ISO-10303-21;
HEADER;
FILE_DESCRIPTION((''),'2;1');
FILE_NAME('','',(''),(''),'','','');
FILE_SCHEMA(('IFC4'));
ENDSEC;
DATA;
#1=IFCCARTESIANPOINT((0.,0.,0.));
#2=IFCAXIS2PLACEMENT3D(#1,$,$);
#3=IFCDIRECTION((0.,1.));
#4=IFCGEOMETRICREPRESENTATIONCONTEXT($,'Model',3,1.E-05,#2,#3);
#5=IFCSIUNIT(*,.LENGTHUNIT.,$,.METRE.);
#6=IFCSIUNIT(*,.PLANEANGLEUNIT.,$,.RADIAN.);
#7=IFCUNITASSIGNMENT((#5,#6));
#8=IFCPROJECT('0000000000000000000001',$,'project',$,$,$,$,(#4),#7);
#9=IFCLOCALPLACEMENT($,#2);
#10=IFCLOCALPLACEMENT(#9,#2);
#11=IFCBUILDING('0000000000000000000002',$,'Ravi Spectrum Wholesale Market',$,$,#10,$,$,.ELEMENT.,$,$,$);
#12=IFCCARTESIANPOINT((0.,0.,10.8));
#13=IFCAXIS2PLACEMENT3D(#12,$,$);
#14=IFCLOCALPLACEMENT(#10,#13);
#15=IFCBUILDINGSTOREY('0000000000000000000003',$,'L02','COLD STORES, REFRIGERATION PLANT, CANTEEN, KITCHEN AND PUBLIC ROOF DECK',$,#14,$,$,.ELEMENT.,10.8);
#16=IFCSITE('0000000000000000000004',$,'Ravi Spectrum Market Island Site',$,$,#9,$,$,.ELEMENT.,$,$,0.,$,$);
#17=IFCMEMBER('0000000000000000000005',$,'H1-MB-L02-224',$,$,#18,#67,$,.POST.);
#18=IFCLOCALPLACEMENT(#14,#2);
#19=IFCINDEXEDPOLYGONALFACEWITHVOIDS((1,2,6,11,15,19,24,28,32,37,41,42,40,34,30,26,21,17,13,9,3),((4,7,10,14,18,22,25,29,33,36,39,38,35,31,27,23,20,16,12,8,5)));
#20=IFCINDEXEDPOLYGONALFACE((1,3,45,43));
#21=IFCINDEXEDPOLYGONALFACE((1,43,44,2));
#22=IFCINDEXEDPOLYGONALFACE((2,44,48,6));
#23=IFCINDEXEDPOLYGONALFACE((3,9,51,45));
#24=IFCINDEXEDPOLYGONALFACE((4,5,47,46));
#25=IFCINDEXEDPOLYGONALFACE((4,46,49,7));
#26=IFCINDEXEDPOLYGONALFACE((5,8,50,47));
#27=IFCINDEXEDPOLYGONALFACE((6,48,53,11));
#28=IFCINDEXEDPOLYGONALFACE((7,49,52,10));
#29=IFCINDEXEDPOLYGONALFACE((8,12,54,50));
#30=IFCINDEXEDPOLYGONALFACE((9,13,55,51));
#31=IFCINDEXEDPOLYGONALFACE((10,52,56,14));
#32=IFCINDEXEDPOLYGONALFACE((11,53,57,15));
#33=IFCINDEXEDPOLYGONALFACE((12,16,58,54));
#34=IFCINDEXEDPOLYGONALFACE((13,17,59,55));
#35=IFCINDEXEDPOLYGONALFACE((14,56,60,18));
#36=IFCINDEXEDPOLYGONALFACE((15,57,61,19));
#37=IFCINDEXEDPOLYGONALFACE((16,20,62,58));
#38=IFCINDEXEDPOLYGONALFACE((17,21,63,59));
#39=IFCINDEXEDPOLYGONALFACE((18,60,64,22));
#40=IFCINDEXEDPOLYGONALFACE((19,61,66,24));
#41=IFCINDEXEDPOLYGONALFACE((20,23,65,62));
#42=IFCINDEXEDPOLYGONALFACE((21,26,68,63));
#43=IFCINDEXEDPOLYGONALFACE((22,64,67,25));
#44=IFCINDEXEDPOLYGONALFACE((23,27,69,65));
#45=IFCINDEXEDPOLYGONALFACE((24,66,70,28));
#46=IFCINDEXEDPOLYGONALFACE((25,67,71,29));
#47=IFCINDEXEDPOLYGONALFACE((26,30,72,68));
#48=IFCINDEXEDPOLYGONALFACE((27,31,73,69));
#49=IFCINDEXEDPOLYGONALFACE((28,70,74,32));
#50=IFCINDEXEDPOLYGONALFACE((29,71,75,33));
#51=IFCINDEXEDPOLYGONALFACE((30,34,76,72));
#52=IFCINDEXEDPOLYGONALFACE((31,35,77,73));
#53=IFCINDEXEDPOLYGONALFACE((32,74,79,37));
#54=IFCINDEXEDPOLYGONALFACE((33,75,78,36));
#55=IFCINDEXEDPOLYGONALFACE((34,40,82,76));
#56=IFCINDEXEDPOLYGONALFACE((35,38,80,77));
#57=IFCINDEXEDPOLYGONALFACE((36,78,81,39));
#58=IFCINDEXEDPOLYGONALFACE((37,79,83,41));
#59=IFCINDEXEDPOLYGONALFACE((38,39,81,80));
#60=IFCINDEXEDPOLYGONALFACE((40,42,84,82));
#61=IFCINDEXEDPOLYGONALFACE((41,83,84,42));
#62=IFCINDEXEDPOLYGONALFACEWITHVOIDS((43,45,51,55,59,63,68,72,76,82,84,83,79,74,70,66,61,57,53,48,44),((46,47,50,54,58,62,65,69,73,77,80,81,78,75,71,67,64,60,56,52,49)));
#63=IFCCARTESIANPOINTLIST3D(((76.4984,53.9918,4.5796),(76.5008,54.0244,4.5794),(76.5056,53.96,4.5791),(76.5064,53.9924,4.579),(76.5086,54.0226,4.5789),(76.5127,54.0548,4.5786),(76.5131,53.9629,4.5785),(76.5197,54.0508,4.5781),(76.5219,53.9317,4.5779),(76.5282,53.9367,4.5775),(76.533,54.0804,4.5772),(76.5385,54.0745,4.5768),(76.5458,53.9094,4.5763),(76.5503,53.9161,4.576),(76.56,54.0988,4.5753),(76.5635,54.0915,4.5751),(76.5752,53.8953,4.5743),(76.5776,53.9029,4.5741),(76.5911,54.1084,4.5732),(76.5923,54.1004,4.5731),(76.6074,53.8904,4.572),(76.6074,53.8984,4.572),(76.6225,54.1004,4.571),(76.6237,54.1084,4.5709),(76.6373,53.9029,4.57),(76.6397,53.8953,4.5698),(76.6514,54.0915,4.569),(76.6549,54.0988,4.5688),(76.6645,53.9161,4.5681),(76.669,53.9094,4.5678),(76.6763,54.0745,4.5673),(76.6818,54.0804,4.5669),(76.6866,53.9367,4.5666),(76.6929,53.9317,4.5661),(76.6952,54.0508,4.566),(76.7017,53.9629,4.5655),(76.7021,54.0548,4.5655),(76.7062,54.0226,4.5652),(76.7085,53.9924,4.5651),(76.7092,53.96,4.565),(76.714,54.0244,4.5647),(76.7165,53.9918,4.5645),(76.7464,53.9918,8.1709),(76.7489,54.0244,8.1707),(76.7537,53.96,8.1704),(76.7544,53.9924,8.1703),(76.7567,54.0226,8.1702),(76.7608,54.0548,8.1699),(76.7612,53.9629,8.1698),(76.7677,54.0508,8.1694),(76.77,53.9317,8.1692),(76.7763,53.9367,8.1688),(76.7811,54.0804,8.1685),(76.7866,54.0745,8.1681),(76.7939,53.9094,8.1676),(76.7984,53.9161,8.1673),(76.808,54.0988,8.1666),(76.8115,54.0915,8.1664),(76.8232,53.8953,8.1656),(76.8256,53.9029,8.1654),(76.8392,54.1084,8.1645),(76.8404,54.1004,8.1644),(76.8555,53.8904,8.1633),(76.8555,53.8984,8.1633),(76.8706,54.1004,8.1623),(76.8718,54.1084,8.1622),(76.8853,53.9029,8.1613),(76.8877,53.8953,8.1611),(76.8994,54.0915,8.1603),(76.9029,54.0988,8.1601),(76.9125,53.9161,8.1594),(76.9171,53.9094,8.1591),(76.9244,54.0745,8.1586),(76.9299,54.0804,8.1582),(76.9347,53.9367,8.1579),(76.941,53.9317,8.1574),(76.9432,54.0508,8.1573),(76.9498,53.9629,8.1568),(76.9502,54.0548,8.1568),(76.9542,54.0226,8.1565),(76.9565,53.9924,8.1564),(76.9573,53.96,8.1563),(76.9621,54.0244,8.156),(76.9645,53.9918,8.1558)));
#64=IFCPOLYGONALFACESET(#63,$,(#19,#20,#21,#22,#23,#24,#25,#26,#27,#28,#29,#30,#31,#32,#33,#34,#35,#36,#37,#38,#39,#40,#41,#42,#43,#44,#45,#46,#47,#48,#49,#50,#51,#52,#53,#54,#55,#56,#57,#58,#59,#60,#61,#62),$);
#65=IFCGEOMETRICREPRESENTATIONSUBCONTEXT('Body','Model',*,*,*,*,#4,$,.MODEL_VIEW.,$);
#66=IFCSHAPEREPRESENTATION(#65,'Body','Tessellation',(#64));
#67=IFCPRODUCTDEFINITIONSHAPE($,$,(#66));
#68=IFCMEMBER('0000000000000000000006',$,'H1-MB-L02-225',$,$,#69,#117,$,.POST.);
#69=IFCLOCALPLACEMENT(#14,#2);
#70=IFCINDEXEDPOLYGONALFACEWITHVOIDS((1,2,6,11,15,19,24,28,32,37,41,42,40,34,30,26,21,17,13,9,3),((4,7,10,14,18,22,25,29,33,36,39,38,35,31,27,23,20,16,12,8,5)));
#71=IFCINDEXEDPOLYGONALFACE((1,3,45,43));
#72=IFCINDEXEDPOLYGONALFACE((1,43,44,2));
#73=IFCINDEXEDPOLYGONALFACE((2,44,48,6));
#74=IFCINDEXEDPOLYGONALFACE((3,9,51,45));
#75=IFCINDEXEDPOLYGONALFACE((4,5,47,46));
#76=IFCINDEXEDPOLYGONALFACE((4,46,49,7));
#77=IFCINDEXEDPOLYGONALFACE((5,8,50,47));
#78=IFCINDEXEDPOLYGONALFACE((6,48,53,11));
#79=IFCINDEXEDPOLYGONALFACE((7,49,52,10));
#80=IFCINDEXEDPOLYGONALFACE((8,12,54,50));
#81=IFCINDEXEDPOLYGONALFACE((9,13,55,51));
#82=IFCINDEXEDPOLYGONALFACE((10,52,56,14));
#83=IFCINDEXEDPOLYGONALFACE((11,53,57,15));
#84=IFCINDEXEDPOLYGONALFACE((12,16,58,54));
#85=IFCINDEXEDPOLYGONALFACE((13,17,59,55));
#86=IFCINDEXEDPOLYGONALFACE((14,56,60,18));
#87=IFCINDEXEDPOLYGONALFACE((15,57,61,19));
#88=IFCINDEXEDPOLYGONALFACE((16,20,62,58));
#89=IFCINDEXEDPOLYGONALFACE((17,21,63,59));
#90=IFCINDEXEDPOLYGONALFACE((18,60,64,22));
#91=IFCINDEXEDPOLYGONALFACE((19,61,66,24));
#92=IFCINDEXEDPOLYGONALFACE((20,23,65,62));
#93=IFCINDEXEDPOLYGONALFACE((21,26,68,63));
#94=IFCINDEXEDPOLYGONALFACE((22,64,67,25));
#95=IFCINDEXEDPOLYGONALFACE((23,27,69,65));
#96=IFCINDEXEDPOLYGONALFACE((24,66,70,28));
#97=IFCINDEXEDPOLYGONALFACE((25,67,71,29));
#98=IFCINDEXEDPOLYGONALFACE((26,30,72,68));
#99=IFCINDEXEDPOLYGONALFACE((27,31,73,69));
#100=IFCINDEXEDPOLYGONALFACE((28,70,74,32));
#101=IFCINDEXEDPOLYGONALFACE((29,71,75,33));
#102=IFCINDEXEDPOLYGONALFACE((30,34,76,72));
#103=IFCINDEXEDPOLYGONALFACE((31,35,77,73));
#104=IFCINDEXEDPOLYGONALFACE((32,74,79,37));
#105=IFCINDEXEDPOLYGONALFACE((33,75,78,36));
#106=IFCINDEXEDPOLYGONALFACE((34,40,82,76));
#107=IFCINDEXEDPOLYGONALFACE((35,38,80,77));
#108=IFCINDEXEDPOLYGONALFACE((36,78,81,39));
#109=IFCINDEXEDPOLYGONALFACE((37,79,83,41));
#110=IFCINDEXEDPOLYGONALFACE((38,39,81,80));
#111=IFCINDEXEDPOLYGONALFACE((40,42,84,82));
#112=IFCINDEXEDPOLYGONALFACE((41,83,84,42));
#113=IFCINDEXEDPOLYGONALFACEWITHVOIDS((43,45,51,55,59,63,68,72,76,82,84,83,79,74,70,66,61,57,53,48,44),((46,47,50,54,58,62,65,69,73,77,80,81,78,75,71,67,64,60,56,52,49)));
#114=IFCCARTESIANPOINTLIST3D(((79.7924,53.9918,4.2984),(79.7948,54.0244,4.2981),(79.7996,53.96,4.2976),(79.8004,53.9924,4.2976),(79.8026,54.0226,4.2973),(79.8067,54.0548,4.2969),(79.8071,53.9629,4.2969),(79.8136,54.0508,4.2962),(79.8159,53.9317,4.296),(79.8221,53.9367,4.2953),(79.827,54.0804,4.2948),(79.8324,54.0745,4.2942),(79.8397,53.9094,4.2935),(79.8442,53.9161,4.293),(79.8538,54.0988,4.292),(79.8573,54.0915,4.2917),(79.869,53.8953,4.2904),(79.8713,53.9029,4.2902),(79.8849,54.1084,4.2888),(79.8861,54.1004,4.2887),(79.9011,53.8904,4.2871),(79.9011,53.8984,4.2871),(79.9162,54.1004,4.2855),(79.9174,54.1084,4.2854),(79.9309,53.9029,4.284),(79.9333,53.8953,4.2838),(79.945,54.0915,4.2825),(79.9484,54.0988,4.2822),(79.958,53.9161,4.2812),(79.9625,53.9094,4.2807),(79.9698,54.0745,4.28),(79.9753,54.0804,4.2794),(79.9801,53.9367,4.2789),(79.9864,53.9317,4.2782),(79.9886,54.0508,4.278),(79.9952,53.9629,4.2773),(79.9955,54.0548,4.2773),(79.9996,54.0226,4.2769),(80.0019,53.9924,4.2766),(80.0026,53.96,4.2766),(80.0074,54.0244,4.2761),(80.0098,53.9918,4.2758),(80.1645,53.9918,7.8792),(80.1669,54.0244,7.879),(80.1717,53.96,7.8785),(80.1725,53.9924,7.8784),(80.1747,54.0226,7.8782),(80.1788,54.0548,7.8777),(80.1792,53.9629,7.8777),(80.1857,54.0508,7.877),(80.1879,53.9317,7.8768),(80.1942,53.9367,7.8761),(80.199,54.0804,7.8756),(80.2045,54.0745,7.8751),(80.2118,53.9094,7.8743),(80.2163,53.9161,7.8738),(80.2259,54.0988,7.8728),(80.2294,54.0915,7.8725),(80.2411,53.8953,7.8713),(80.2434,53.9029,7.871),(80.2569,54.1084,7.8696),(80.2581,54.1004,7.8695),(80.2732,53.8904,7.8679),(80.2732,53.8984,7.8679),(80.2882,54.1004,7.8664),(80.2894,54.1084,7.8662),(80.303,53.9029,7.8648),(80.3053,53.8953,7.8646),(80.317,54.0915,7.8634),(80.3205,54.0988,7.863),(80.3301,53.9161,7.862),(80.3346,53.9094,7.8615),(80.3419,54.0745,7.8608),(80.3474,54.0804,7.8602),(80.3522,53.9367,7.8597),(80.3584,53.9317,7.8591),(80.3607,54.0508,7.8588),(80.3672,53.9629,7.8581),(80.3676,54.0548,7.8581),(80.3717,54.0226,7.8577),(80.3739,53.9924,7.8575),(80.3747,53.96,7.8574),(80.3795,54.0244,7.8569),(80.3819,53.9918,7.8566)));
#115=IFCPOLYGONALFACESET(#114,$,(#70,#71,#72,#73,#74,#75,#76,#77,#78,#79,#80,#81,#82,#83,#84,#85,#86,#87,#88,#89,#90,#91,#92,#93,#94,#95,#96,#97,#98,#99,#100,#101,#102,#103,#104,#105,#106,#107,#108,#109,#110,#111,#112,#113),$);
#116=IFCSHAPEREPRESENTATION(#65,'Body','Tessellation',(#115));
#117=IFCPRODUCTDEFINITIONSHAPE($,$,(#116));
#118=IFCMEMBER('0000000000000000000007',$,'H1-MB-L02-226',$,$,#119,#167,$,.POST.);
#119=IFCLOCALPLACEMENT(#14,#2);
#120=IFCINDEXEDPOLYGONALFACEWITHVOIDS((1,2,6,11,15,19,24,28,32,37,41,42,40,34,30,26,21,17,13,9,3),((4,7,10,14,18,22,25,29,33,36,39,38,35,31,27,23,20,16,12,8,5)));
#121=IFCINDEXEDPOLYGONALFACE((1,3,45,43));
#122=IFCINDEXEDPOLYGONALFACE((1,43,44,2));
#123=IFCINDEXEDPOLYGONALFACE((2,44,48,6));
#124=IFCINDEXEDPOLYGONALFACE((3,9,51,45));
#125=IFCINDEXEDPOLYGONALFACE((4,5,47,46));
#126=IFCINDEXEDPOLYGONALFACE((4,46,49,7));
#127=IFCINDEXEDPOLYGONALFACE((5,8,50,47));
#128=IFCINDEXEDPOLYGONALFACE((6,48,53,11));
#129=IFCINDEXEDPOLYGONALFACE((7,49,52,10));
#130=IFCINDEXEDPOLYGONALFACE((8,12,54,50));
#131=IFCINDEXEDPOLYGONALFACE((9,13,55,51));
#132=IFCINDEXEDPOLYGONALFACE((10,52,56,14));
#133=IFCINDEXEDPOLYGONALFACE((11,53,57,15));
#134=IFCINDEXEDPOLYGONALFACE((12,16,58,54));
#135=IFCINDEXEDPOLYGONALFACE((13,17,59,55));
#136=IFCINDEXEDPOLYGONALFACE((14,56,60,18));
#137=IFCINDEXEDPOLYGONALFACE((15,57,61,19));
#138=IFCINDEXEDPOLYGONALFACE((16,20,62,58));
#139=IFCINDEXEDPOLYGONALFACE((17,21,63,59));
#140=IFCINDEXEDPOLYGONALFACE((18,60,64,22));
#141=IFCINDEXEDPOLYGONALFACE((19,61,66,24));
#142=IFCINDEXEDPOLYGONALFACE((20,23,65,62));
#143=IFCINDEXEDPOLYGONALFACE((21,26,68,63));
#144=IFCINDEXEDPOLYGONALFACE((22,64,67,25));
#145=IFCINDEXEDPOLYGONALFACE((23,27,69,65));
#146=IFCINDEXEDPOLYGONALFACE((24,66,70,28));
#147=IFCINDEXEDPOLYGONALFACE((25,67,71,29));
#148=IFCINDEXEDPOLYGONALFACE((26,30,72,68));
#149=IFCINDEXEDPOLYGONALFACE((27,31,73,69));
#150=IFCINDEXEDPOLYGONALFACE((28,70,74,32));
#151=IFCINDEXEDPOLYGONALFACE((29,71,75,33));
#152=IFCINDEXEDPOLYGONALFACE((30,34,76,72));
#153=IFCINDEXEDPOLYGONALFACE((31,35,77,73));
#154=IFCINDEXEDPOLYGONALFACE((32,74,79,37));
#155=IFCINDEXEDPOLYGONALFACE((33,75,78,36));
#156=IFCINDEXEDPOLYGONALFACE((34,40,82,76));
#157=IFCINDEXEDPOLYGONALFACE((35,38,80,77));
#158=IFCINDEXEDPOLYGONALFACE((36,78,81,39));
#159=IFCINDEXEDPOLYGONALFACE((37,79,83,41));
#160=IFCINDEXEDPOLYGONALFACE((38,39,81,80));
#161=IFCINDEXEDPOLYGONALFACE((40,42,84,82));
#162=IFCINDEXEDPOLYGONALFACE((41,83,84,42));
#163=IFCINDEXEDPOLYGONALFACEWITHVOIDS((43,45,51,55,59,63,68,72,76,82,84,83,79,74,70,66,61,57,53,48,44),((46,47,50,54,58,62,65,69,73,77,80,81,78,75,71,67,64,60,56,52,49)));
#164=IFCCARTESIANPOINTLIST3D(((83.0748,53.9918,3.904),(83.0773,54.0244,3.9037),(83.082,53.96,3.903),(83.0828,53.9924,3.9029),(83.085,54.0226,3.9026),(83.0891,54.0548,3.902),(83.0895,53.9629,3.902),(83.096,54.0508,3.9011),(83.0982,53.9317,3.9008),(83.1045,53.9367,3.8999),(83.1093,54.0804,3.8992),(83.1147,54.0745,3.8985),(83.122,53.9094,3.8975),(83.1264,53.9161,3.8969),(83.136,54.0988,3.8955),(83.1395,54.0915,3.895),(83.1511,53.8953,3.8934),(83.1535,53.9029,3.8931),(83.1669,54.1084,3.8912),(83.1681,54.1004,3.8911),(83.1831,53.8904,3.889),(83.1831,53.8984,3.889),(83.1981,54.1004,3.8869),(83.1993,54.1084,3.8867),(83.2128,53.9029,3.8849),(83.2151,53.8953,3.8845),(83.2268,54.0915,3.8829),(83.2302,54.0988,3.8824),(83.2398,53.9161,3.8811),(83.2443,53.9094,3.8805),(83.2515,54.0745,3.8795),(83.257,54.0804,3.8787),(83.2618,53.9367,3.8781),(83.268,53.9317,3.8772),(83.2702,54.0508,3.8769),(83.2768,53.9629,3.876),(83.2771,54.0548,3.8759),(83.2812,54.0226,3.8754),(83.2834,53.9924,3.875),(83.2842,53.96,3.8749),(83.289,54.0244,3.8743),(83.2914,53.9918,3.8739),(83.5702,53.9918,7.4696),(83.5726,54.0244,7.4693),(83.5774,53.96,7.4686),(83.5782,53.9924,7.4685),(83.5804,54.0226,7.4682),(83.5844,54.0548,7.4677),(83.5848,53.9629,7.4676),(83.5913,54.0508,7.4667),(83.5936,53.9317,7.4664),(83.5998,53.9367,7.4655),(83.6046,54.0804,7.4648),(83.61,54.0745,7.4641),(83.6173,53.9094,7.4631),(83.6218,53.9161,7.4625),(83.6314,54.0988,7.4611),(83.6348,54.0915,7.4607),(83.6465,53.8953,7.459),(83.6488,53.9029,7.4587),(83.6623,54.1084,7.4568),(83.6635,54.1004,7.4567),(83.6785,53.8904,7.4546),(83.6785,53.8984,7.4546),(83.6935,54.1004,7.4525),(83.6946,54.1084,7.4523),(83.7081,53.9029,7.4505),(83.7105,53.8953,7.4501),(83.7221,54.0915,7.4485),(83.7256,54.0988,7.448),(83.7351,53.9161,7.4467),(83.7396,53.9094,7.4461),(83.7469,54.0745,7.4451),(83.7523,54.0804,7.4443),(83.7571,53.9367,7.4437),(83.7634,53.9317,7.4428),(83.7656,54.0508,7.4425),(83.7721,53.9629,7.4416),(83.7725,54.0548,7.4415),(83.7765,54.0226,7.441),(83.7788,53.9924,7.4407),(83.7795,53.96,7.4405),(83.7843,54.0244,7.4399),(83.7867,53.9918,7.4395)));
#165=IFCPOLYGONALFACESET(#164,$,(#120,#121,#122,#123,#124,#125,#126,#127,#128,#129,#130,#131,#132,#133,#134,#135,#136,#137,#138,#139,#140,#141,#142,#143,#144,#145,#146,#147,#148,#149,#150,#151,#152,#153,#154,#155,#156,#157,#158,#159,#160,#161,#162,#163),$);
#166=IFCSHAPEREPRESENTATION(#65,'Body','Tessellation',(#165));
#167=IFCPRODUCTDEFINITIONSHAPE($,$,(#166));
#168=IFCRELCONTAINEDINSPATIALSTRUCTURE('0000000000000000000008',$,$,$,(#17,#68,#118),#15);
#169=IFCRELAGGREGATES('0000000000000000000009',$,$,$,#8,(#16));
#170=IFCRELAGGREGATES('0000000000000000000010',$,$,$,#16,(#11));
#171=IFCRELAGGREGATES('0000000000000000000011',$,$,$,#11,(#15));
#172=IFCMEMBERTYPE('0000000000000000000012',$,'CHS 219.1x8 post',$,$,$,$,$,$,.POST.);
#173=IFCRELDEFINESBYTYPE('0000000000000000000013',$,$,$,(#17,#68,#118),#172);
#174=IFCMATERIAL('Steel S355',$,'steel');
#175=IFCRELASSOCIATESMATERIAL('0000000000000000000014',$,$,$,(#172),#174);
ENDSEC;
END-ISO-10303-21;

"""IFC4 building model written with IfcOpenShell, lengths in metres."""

from ifc_helpers import new_model, si_unit, direction, frame, origin, origin_2d, place, context, subcontext, project, spatial, hollow_circle, extrude, material, material_profile, profile_set, type_object, element, save


model = new_model("IFC4")

# Units and contexts
model_context = context("Model", 3, precision=1e-05, world=origin(), true_north=direction((0.0, 1.0)))
body_context = subcontext(model_context, "Body", "Model", "MODEL_VIEW")
ifc_project = project(units=[si_unit("LENGTHUNIT", "METRE"), si_unit("PLANEANGLEUNIT", "RADIAN")], contexts=[model_context])

# Site, building, storey
site_placement = place(None, origin())
site = spatial("IfcSite", under=ifc_project, at=site_placement, Name="Ravi Spectrum Market Island Site", CompositionType="ELEMENT", RefElevation=0.0)
building_placement = place(site_placement, origin())
building = spatial("IfcBuilding", under=site, at=building_placement, Name="Ravi Spectrum Wholesale Market", CompositionType="ELEMENT")
storey_placement = place(building_placement, frame((0.0, 0.0, 10.8)))
storey = spatial("IfcBuildingStorey", under=building, at=storey_placement, Name="L02", Description="COLD STORES, REFRIGERATION PLANT, CANTEEN, KITCHEN AND PUBLIC ROOF DECK", CompositionType="ELEMENT", Elevation=10.8)

# Members
ifc_material_1 = material(Name="Steel S355", Category="steel")
ifc_material_profile_1 = material_profile(ifc_material_1, hollow_circle(Radius=0.1096, WallThickness=0.0081, at=origin_2d()))
ifc_profile_set_1 = profile_set([ifc_material_profile_1], Name="Steel S355")
member_type_1 = type_object("IfcMemberType", Name="CHS 219.1x8 post", PredefinedType="POST", material=ifc_profile_set_1)
member_1_placement = place(storey_placement, frame((76.8555, 54.0, 8.1633), z_axis=(-0.068905, 0.0, -0.997623), x_axis=(0.0, -1.0, 0.0)))
element("IfcMember", 1, at=member_1_placement, inside=storey, type_object=member_type_1, Name="H1-MB-L02-224", PredefinedType="POST", context=body_context, shape_type="SweptSolid", body=[
    extrude(hollow_circle(Radius=0.1096, WallThickness=0.0081, at=origin_2d()), origin(), (0.0, 0.0, 1.0), 3.5999),
])
member_2_placement = place(storey_placement, frame((80.2732, 54.0, 7.8679), z_axis=(-0.10335, 0.0, -0.994645), x_axis=(0.0, -1.0, 0.0)))
element("IfcMember", 2, at=member_2_placement, inside=storey, type_object=member_type_1, Name="H1-MB-L02-225", PredefinedType="POST", context=body_context, shape_type="SweptSolid", body=[
    extrude(hollow_circle(Radius=0.1096, WallThickness=0.0081, at=origin_2d()), origin(), (0.0, 0.0, 1.0), 3.6001),
])
member_3_placement = place(storey_placement, frame((83.6785, 54.0, 7.4546), z_axis=(-0.137603, 0.0, -0.990487), x_axis=(0.0, -1.0, 0.0)))
element("IfcMember", 3, at=member_3_placement, inside=storey, type_object=member_type_1, Name="H1-MB-L02-226", PredefinedType="POST", context=body_context, shape_type="SweptSolid", body=[
    extrude(hollow_circle(Radius=0.1096, WallThickness=0.0081, at=origin_2d()), origin(), (0.0, 0.0, 1.0), 3.5999),
])

save(model, "model.ifc")
